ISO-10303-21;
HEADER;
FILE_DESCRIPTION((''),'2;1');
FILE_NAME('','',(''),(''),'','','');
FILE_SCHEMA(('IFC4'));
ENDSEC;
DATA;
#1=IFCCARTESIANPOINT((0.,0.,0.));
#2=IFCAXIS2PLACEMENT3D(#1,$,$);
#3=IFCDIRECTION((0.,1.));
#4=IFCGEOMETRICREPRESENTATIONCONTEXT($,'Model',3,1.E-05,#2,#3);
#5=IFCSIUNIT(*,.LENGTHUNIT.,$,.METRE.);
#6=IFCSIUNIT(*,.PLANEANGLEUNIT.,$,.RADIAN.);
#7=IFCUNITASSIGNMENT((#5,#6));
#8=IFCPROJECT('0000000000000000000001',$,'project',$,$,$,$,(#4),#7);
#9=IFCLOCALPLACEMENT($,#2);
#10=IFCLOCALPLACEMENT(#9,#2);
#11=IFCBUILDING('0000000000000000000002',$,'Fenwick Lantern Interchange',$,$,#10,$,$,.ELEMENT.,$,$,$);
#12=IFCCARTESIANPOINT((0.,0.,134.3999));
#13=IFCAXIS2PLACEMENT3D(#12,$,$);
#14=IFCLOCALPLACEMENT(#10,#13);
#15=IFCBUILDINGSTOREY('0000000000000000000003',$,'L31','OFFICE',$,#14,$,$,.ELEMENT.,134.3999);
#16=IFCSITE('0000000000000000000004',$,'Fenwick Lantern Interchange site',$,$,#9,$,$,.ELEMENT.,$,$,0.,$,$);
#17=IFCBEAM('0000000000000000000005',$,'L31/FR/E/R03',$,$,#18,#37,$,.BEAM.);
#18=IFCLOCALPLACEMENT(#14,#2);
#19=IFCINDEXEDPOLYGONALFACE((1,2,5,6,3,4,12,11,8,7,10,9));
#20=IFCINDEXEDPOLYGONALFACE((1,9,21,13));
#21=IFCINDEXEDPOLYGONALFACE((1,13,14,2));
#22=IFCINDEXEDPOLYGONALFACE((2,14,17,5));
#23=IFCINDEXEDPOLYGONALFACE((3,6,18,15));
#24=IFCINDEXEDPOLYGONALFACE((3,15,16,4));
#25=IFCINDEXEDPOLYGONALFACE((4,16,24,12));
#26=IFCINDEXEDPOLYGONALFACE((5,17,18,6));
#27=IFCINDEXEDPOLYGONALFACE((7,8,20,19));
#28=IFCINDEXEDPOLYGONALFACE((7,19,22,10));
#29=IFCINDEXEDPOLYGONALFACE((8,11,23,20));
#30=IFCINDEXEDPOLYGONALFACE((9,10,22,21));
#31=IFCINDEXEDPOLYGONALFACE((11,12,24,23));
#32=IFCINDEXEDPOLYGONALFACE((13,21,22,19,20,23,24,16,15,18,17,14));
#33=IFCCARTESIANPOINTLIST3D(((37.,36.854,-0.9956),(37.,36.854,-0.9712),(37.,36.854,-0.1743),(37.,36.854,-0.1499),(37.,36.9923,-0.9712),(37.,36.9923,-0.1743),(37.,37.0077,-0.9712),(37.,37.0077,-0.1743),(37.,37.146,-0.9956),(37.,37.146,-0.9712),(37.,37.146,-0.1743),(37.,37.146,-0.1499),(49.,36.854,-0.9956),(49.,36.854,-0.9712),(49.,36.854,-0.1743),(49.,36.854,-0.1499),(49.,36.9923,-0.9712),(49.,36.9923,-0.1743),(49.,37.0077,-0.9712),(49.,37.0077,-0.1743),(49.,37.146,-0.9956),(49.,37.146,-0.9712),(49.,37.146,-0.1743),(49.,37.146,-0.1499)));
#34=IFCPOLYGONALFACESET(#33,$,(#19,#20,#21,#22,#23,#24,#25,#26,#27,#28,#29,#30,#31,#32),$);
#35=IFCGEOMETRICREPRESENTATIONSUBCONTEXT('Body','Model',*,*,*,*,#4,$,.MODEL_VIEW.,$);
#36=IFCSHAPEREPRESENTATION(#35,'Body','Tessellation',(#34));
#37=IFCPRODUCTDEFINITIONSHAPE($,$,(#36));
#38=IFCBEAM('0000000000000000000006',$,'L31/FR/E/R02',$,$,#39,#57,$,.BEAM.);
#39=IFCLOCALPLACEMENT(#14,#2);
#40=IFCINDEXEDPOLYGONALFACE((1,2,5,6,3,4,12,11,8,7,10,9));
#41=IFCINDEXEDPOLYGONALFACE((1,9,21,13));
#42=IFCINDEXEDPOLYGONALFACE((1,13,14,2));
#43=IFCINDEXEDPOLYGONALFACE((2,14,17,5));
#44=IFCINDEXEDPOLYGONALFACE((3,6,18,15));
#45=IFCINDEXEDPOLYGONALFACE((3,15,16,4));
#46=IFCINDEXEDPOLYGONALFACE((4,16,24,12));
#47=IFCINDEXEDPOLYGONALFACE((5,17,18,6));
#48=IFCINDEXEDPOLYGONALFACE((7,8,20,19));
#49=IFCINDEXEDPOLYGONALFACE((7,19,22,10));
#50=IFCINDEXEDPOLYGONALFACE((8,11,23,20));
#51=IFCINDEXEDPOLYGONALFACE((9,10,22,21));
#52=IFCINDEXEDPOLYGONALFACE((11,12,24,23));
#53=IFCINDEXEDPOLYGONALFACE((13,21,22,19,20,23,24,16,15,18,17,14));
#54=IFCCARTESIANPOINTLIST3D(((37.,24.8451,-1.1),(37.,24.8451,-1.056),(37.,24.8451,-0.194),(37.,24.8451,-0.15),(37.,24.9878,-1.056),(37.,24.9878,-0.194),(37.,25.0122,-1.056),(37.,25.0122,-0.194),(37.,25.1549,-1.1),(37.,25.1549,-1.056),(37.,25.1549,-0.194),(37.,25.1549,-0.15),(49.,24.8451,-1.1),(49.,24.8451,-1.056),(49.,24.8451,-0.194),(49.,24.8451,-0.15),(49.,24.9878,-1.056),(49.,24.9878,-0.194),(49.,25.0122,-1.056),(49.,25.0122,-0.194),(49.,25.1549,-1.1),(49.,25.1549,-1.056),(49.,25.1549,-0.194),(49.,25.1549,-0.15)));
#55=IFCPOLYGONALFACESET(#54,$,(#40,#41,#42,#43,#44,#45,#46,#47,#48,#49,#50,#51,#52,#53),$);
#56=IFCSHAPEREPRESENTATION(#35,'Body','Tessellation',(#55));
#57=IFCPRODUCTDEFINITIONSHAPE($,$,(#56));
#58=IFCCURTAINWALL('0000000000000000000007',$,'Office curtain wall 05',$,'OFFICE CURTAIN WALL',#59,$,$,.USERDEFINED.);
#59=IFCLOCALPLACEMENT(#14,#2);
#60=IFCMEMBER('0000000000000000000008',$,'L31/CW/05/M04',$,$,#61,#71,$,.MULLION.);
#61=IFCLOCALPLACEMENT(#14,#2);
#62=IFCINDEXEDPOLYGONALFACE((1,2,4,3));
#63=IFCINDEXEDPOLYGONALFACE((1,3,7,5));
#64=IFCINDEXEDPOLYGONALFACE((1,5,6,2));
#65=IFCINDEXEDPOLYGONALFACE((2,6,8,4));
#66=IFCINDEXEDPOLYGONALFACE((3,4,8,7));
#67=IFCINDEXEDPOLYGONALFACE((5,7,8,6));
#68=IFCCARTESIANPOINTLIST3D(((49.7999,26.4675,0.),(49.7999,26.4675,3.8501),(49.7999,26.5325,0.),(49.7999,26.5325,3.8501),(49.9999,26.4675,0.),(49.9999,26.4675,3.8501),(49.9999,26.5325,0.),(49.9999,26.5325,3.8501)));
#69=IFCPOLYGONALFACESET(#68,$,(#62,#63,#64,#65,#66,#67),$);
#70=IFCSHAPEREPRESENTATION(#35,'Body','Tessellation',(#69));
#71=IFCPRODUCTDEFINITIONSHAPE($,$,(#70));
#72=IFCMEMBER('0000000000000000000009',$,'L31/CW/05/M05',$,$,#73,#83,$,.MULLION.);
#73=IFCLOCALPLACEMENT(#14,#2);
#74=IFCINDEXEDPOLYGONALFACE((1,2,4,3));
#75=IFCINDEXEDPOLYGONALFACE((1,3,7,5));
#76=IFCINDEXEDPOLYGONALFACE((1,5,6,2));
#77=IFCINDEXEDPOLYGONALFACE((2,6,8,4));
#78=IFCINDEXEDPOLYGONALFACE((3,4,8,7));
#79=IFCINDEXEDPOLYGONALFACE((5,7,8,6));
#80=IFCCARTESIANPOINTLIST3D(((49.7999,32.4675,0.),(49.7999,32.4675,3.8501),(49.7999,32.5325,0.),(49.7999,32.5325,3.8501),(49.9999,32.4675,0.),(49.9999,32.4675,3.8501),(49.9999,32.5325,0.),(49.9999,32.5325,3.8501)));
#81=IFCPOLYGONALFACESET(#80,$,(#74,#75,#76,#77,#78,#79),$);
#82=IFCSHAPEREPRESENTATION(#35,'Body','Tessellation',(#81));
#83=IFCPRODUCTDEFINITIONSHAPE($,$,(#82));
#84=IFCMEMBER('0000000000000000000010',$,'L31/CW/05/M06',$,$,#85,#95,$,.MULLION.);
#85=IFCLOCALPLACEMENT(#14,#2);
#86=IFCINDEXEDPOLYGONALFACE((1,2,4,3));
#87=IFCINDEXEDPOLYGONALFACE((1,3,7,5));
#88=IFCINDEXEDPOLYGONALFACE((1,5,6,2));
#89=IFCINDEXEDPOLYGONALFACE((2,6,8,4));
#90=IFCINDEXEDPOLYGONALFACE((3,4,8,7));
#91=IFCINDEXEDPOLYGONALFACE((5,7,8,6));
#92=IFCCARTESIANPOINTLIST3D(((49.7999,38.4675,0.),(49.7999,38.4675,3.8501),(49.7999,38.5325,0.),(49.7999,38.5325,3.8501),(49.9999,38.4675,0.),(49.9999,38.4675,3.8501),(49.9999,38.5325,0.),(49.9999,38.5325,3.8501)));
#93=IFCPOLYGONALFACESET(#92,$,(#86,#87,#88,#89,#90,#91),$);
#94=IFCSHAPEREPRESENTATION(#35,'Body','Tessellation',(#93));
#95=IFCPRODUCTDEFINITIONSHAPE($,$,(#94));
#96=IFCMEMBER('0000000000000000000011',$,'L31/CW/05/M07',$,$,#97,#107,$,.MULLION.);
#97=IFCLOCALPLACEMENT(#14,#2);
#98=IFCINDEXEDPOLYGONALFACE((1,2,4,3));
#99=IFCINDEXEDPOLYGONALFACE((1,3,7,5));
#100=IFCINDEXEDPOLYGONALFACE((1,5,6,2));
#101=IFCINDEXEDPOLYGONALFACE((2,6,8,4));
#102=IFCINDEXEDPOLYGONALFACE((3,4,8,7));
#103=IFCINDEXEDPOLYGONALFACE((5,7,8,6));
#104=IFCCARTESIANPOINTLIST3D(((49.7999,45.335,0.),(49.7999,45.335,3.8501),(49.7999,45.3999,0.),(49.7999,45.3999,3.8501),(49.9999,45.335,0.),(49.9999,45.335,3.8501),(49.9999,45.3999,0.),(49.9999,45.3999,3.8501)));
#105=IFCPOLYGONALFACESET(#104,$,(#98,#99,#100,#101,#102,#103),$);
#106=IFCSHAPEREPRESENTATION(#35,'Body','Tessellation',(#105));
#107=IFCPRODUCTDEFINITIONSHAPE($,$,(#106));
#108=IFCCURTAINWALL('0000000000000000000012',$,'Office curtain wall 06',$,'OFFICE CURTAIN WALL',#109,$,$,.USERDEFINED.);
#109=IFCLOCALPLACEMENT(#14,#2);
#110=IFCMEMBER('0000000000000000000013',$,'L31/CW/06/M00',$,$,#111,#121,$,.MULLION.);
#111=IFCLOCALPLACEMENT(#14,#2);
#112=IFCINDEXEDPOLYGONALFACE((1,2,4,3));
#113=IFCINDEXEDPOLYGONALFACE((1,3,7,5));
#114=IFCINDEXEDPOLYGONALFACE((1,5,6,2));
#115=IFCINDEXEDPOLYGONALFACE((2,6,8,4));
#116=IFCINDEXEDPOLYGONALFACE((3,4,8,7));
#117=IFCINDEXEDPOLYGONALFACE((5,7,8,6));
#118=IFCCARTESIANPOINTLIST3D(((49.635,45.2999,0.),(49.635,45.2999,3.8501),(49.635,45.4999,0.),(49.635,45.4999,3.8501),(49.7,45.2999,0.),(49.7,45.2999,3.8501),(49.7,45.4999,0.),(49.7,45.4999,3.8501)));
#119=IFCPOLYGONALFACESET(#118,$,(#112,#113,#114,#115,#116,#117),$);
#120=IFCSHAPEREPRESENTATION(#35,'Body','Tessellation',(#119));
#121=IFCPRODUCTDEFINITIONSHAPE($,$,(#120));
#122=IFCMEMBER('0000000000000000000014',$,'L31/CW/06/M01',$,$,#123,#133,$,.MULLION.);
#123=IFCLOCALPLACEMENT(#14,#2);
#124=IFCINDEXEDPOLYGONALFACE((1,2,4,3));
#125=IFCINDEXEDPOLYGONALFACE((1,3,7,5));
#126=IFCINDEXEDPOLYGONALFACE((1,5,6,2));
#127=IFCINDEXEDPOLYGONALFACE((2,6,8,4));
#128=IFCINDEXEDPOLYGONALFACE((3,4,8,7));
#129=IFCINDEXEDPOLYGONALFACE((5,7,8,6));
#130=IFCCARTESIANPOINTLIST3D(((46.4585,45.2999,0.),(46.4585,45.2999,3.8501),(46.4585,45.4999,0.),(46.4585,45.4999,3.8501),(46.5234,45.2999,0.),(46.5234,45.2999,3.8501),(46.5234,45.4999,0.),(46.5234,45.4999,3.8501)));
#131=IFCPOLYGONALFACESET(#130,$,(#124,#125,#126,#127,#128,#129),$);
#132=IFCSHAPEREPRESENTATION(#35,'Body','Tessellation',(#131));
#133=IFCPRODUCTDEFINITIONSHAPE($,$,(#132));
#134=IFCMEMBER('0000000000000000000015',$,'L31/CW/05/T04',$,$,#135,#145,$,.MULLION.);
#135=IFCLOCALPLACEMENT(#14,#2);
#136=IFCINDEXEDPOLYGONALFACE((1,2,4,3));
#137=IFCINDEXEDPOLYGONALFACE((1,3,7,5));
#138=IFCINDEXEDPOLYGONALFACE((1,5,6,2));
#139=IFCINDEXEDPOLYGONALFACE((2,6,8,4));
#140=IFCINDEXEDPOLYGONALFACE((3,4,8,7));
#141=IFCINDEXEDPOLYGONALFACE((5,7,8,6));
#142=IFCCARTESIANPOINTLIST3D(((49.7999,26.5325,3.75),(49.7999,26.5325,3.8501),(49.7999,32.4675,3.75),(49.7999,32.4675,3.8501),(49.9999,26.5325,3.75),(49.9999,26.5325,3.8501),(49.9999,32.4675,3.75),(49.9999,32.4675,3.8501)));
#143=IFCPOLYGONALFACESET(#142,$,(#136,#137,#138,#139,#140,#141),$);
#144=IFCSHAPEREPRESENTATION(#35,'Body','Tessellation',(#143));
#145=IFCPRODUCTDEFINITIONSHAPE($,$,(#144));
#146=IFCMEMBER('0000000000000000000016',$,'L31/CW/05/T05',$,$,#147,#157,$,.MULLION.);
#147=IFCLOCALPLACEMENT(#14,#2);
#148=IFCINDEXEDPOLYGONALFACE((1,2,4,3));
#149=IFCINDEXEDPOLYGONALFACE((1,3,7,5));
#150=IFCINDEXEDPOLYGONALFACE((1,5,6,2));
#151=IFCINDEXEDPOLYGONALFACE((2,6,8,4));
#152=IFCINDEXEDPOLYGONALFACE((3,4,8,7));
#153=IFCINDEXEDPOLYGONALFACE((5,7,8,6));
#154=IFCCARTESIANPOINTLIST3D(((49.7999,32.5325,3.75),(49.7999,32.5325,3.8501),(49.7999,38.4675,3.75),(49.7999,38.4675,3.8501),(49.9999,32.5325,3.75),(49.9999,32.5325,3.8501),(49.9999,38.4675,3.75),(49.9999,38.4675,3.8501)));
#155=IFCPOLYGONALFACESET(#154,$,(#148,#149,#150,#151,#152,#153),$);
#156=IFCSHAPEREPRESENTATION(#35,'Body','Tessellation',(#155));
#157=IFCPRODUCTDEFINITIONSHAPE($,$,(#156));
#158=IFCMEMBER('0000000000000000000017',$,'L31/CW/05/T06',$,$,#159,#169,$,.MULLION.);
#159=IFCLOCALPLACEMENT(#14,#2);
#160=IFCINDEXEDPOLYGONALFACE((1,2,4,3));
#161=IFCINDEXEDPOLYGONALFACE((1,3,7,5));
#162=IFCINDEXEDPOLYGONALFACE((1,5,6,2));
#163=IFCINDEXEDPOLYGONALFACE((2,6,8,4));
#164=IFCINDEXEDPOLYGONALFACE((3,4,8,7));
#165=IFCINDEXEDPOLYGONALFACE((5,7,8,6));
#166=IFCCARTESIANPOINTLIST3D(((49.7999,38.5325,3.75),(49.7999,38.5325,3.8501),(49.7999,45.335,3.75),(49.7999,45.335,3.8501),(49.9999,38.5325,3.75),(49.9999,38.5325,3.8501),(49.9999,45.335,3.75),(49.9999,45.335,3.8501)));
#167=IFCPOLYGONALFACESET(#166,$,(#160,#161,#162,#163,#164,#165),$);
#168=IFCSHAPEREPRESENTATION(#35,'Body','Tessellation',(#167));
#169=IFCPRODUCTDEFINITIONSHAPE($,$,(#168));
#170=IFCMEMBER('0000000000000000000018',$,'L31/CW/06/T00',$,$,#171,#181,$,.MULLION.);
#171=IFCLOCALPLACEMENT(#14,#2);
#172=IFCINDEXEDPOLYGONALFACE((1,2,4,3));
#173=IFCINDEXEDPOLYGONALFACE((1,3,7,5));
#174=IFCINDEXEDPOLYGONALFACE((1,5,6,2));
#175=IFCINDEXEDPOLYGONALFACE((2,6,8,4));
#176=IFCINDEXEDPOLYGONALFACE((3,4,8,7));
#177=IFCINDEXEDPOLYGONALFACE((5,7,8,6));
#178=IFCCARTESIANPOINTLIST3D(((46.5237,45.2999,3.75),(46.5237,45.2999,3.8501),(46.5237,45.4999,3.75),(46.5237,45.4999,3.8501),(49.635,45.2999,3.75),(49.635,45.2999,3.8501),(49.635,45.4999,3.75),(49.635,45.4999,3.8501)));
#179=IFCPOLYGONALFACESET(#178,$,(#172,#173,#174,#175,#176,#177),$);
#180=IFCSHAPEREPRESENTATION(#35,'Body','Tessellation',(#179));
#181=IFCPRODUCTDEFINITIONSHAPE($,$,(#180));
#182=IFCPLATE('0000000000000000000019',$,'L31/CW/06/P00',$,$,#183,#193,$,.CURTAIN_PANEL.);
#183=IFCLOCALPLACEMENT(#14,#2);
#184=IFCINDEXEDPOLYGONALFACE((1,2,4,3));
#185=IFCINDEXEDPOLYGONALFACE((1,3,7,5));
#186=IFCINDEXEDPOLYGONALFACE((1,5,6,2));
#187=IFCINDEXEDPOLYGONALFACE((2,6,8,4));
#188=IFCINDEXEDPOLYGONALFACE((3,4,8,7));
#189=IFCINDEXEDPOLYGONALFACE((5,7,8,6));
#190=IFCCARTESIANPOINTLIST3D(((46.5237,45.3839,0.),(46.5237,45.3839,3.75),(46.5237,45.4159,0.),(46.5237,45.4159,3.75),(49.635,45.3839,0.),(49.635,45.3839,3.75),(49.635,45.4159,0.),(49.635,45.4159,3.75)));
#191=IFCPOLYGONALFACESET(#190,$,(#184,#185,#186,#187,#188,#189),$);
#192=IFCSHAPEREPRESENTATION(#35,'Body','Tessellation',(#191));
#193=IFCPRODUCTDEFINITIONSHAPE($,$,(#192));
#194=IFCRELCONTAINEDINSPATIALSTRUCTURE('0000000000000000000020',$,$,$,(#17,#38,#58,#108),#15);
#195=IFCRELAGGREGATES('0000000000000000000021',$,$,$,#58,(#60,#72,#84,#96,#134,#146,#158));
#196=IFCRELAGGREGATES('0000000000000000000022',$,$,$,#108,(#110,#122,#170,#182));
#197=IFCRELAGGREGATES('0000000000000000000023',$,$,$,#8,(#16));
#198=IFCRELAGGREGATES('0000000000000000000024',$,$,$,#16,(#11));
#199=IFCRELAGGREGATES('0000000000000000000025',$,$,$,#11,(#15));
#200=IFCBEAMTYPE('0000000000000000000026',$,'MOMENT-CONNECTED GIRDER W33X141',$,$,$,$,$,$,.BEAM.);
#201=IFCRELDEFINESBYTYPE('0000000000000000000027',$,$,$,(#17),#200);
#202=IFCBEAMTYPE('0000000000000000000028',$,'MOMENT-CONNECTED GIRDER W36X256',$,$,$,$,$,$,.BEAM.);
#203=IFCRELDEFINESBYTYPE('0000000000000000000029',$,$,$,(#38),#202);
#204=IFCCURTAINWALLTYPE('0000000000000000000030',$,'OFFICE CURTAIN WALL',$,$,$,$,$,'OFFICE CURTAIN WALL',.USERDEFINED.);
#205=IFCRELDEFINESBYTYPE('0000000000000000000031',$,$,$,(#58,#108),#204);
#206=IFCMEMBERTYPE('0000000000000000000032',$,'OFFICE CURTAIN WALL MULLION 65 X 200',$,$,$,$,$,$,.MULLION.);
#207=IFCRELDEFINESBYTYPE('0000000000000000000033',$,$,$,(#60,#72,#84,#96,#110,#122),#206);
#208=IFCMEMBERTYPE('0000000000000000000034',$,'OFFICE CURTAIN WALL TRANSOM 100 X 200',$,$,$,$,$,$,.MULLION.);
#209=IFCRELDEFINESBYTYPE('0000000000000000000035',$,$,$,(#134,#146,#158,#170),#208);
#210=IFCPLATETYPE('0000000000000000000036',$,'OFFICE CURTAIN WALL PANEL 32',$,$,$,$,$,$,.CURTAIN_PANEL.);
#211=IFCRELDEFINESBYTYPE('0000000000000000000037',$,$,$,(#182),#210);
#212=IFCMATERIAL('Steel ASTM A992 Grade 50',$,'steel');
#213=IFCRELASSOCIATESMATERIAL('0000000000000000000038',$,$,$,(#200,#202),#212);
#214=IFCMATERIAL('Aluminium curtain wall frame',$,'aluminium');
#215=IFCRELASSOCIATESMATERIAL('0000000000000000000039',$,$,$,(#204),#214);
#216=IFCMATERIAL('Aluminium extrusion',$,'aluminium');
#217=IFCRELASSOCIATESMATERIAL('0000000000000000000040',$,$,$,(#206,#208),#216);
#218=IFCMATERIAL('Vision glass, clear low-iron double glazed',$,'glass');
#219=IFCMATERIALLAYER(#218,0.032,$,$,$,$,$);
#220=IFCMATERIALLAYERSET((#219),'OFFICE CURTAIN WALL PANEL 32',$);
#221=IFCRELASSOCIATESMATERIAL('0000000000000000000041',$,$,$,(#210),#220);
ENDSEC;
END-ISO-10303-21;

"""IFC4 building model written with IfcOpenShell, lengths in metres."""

from ifc_helpers import new_model, si_unit, direction, frame, origin, origin_2d, place, context, subcontext, project, spatial, rectangle, i_section, extrude, material, layer, layer_set, material_profile, profile_set, type_object, element, aggregate, save


model = new_model("IFC4")

# Units and contexts
model_context = context("Model", 3, precision=1e-05, world=origin(), true_north=direction((0.0, 1.0)))
body_context = subcontext(model_context, "Body", "Model", "MODEL_VIEW")
ifc_project = project(units=[si_unit("LENGTHUNIT", "METRE"), si_unit("PLANEANGLEUNIT", "RADIAN")], contexts=[model_context])

# Site, building, storey
site_placement = place(None, origin())
site = spatial("IfcSite", under=ifc_project, at=site_placement, Name="Fenwick Lantern Interchange site", CompositionType="ELEMENT", RefElevation=0.0)
building_placement = place(site_placement, origin())
building = spatial("IfcBuilding", under=site, at=building_placement, Name="Fenwick Lantern Interchange", CompositionType="ELEMENT")
storey_placement = place(building_placement, frame((0.0, 0.0, 134.3999)))
storey = spatial("IfcBuildingStorey", under=building, at=storey_placement, Name="L31", Description="OFFICE", CompositionType="ELEMENT", Elevation=134.3999)

# Shared definitions
ifc_material_1 = material(Name="Steel ASTM A992 Grade 50", Category="steel")

# Beams
ifc_material_profile_1 = material_profile(ifc_material_1, i_section(OverallWidth=0.292, OverallDepth=0.8457, WebThickness=0.0154, FlangeThickness=0.0244, at=origin_2d()), Name="W33X141")
ifc_profile_set_1 = profile_set([ifc_material_profile_1], Name="Steel ASTM A992 Grade 50")
beam_type_1 = type_object("IfcBeamType", Name="MOMENT-CONNECTED GIRDER W33X141", PredefinedType="BEAM", material=ifc_profile_set_1)
beam_1_placement = place(storey_placement, frame((49.0, 37.0, -0.5728), z_axis=(-1.0, 0.0, 0.0), x_axis=(0.0, -1.0, 0.0)))
element("IfcBeam", 1, at=beam_1_placement, inside=storey, type_object=beam_type_1, Name="L31/FR/E/R03", PredefinedType="BEAM", context=body_context, shape_type="SweptSolid", body=[
    extrude(i_section(OverallWidth=0.292, OverallDepth=0.8457, WebThickness=0.0154, FlangeThickness=0.0244, at=origin_2d()), origin(), (0.0, 0.0, 1.0), 12.0),
])
ifc_material_profile_2 = material_profile(ifc_material_1, i_section(OverallWidth=0.3098, OverallDepth=0.95, WebThickness=0.0244, FlangeThickness=0.0439, at=origin_2d()), Name="W36X256")
ifc_profile_set_2 = profile_set([ifc_material_profile_2], Name="Steel ASTM A992 Grade 50")
beam_type_2 = type_object("IfcBeamType", Name="MOMENT-CONNECTED GIRDER W36X256", PredefinedType="BEAM", material=ifc_profile_set_2)
beam_2_placement = place(storey_placement, frame((49.0, 25.0, -0.625), z_axis=(-1.0, 0.0, 0.0), x_axis=(0.0, -1.0, 0.0)))
element("IfcBeam", 2, at=beam_2_placement, inside=storey, type_object=beam_type_2, Name="L31/FR/E/R02", PredefinedType="BEAM", context=body_context, shape_type="SweptSolid", body=[
    extrude(i_section(OverallWidth=0.3098, OverallDepth=0.95, WebThickness=0.0244, FlangeThickness=0.0439, at=origin_2d()), origin(), (0.0, 0.0, 1.0), 12.0),
])

# Curtain walls, members
ifc_material_2 = material(Name="Aluminium curtain wall frame", Category="aluminium")
curtain_wall_type = type_object("IfcCurtainWallType", Name="OFFICE CURTAIN WALL", ElementType="OFFICE CURTAIN WALL", PredefinedType="USERDEFINED", material=ifc_material_2)
curtain_wall_1_placement = place(storey_placement, origin())
curtain_wall_1 = element("IfcCurtainWall", 3, at=curtain_wall_1_placement, inside=storey, type_object=curtain_wall_type, Name="Office curtain wall 05", ObjectType="OFFICE CURTAIN WALL", PredefinedType="USERDEFINED")
ifc_material_3 = material(Name="Aluminium extrusion", Category="aluminium")
ifc_material_profile_3 = material_profile(ifc_material_3, rectangle(XDim=0.2, YDim=0.0649, at=origin_2d()), Name="OFFICE CURTAIN WALL MULLION 65 X 200")
ifc_profile_set_3 = profile_set([ifc_material_profile_3], Name="Aluminium extrusion")
member_type_1 = type_object("IfcMemberType", Name="OFFICE CURTAIN WALL MULLION 65 X 200", PredefinedType="MULLION", material=ifc_profile_set_3)
member_1_placement = place(storey_placement, frame((49.8999, 26.5, 0.0), z_axis=(0.0, 0.0, 1.0), x_axis=(-1.0, 0.0, 0.0)))
member_1 = element("IfcMember", 4, at=member_1_placement, type_object=member_type_1, Name="L31/CW/05/M04", PredefinedType="MULLION", context=body_context, shape_type="SweptSolid", body=[
    extrude(rectangle(XDim=0.2, YDim=0.0649, at=origin_2d()), origin(), (0.0, 0.0, 1.0), 3.8501),
])
member_2_placement = place(storey_placement, frame((49.8999, 32.5, 0.0), z_axis=(0.0, 0.0, 1.0), x_axis=(-1.0, 0.0, 0.0)))
member_2 = element("IfcMember", 5, at=member_2_placement, type_object=member_type_1, Name="L31/CW/05/M05", PredefinedType="MULLION", context=body_context, shape_type="SweptSolid", body=[
    extrude(rectangle(XDim=0.2, YDim=0.0649, at=origin_2d()), origin(), (0.0, 0.0, 1.0), 3.8501),
])
member_3_placement = place(storey_placement, frame((49.8999, 38.5, 0.0), z_axis=(0.0, 0.0, 1.0), x_axis=(-1.0, 0.0, 0.0)))
member_3 = element("IfcMember", 6, at=member_3_placement, type_object=member_type_1, Name="L31/CW/05/M06", PredefinedType="MULLION", context=body_context, shape_type="SweptSolid", body=[
    extrude(rectangle(XDim=0.2, YDim=0.0649, at=origin_2d()), origin(), (0.0, 0.0, 1.0), 3.8501),
])
member_4_placement = place(storey_placement, frame((49.8999, 45.3674, 0.0), z_axis=(0.0, 0.0, 1.0), x_axis=(-1.0, 0.0, 0.0)))
member_4 = element("IfcMember", 7, at=member_4_placement, type_object=member_type_1, Name="L31/CW/05/M07", PredefinedType="MULLION", context=body_context, shape_type="SweptSolid", body=[
    extrude(rectangle(XDim=0.2, YDim=0.0649, at=origin_2d()), origin(), (0.0, 0.0, 1.0), 3.8501),
])
curtain_wall_2_placement = place(storey_placement, origin())
curtain_wall_2 = element("IfcCurtainWall", 8, at=curtain_wall_2_placement, inside=storey, type_object=curtain_wall_type, Name="Office curtain wall 06", ObjectType="OFFICE CURTAIN WALL", PredefinedType="USERDEFINED")
member_5_placement = place(storey_placement, frame((49.6675, 45.3999, 0.0), z_axis=(0.0, 0.0, 1.0), x_axis=(0.0, -1.0, 0.0)))
member_5 = element("IfcMember", 9, at=member_5_placement, type_object=member_type_1, Name="L31/CW/06/M00", PredefinedType="MULLION", context=body_context, shape_type="SweptSolid", body=[
    extrude(rectangle(XDim=0.2, YDim=0.0649, at=origin_2d()), origin(), (0.0, 0.0, 1.0), 3.8501),
])
member_6_placement = place(storey_placement, frame((46.491, 45.3999, 0.0), z_axis=(0.0, 0.0, 1.0), x_axis=(0.0, -1.0, 0.0)))
member_6 = element("IfcMember", 10, at=member_6_placement, type_object=member_type_1, Name="L31/CW/06/M01", PredefinedType="MULLION", context=body_context, shape_type="SweptSolid", body=[
    extrude(rectangle(XDim=0.2, YDim=0.0649, at=origin_2d()), origin(), (0.0, 0.0, 1.0), 3.8501),
])

# Members
ifc_material_profile_4 = material_profile(ifc_material_3, rectangle(XDim=0.2, YDim=0.1001, at=origin_2d()), Name="OFFICE CURTAIN WALL TRANSOM 100 X 200")
ifc_profile_set_4 = profile_set([ifc_material_profile_4], Name="Aluminium extrusion")
member_type_2 = type_object("IfcMemberType", Name="OFFICE CURTAIN WALL TRANSOM 100 X 200", PredefinedType="MULLION", material=ifc_profile_set_4)
member_7_placement = place(storey_placement, frame((49.8999, 26.5325, 3.8), z_axis=(0.0, 1.0, 0.0), x_axis=(-1.0, 0.0, 0.0)))
member_7 = element("IfcMember", 11, at=member_7_placement, type_object=member_type_2, Name="L31/CW/05/T04", PredefinedType="MULLION", context=body_context, shape_type="SweptSolid", body=[
    extrude(rectangle(XDim=0.2, YDim=0.1001, at=origin_2d()), origin(), (0.0, 0.0, 1.0), 5.9351),
])
member_8_placement = place(storey_placement, frame((49.8999, 32.5325, 3.8), z_axis=(0.0, 1.0, 0.0), x_axis=(-1.0, 0.0, 0.0)))
member_8 = element("IfcMember", 12, at=member_8_placement, type_object=member_type_2, Name="L31/CW/05/T05", PredefinedType="MULLION", context=body_context, shape_type="SweptSolid", body=[
    extrude(rectangle(XDim=0.2, YDim=0.1001, at=origin_2d()), origin(), (0.0, 0.0, 1.0), 5.9351),
])
member_9_placement = place(storey_placement, frame((49.8999, 38.5325, 3.8), z_axis=(0.0, 1.0, 0.0), x_axis=(-1.0, 0.0, 0.0)))
member_9 = element("IfcMember", 13, at=member_9_placement, type_object=member_type_2, Name="L31/CW/05/T06", PredefinedType="MULLION", context=body_context, shape_type="SweptSolid", body=[
    extrude(rectangle(XDim=0.2, YDim=0.1001, at=origin_2d()), origin(), (0.0, 0.0, 1.0), 6.8025),
])
aggregate(curtain_wall_1, [member_1, member_2, member_3, member_4, member_7, member_8, member_9])
member_10_placement = place(storey_placement, frame((49.635, 45.3999, 3.8), z_axis=(-1.0, 0.0, 0.0), x_axis=(0.0, -1.0, 0.0)))
member_10 = element("IfcMember", 14, at=member_10_placement, type_object=member_type_2, Name="L31/CW/06/T00", PredefinedType="MULLION", context=body_context, shape_type="SweptSolid", body=[
    extrude(rectangle(XDim=0.2, YDim=0.1001, at=origin_2d()), origin(), (0.0, 0.0, 1.0), 3.1113),
])

# Plate
ifc_material_4 = material(Name="Vision glass, clear low-iron double glazed", Category="glass")
ifc_layer_1 = layer(ifc_material_4, 0.032)
ifc_layer_set_1 = layer_set([ifc_layer_1], Name="OFFICE CURTAIN WALL PANEL 32")
plate_type = type_object("IfcPlateType", Name="OFFICE CURTAIN WALL PANEL 32", PredefinedType="CURTAIN_PANEL", material=ifc_layer_set_1)
plate_placement = place(storey_placement, frame((48.0793, 45.3999, 0.0), z_axis=(0.0, 0.0, 1.0), x_axis=(-1.0, 0.0, 0.0)))
plate = element("IfcPlate", 15, at=plate_placement, type_object=plate_type, Name="L31/CW/06/P00", PredefinedType="CURTAIN_PANEL", context=body_context, shape_type="SweptSolid", body=[
    extrude(rectangle(XDim=3.1113, YDim=0.032, at=origin_2d()), origin(), (0.0, 0.0, 1.0), 3.75),
])
aggregate(curtain_wall_2, [member_5, member_6, member_10, plate])

save(model, "model.ifc")
